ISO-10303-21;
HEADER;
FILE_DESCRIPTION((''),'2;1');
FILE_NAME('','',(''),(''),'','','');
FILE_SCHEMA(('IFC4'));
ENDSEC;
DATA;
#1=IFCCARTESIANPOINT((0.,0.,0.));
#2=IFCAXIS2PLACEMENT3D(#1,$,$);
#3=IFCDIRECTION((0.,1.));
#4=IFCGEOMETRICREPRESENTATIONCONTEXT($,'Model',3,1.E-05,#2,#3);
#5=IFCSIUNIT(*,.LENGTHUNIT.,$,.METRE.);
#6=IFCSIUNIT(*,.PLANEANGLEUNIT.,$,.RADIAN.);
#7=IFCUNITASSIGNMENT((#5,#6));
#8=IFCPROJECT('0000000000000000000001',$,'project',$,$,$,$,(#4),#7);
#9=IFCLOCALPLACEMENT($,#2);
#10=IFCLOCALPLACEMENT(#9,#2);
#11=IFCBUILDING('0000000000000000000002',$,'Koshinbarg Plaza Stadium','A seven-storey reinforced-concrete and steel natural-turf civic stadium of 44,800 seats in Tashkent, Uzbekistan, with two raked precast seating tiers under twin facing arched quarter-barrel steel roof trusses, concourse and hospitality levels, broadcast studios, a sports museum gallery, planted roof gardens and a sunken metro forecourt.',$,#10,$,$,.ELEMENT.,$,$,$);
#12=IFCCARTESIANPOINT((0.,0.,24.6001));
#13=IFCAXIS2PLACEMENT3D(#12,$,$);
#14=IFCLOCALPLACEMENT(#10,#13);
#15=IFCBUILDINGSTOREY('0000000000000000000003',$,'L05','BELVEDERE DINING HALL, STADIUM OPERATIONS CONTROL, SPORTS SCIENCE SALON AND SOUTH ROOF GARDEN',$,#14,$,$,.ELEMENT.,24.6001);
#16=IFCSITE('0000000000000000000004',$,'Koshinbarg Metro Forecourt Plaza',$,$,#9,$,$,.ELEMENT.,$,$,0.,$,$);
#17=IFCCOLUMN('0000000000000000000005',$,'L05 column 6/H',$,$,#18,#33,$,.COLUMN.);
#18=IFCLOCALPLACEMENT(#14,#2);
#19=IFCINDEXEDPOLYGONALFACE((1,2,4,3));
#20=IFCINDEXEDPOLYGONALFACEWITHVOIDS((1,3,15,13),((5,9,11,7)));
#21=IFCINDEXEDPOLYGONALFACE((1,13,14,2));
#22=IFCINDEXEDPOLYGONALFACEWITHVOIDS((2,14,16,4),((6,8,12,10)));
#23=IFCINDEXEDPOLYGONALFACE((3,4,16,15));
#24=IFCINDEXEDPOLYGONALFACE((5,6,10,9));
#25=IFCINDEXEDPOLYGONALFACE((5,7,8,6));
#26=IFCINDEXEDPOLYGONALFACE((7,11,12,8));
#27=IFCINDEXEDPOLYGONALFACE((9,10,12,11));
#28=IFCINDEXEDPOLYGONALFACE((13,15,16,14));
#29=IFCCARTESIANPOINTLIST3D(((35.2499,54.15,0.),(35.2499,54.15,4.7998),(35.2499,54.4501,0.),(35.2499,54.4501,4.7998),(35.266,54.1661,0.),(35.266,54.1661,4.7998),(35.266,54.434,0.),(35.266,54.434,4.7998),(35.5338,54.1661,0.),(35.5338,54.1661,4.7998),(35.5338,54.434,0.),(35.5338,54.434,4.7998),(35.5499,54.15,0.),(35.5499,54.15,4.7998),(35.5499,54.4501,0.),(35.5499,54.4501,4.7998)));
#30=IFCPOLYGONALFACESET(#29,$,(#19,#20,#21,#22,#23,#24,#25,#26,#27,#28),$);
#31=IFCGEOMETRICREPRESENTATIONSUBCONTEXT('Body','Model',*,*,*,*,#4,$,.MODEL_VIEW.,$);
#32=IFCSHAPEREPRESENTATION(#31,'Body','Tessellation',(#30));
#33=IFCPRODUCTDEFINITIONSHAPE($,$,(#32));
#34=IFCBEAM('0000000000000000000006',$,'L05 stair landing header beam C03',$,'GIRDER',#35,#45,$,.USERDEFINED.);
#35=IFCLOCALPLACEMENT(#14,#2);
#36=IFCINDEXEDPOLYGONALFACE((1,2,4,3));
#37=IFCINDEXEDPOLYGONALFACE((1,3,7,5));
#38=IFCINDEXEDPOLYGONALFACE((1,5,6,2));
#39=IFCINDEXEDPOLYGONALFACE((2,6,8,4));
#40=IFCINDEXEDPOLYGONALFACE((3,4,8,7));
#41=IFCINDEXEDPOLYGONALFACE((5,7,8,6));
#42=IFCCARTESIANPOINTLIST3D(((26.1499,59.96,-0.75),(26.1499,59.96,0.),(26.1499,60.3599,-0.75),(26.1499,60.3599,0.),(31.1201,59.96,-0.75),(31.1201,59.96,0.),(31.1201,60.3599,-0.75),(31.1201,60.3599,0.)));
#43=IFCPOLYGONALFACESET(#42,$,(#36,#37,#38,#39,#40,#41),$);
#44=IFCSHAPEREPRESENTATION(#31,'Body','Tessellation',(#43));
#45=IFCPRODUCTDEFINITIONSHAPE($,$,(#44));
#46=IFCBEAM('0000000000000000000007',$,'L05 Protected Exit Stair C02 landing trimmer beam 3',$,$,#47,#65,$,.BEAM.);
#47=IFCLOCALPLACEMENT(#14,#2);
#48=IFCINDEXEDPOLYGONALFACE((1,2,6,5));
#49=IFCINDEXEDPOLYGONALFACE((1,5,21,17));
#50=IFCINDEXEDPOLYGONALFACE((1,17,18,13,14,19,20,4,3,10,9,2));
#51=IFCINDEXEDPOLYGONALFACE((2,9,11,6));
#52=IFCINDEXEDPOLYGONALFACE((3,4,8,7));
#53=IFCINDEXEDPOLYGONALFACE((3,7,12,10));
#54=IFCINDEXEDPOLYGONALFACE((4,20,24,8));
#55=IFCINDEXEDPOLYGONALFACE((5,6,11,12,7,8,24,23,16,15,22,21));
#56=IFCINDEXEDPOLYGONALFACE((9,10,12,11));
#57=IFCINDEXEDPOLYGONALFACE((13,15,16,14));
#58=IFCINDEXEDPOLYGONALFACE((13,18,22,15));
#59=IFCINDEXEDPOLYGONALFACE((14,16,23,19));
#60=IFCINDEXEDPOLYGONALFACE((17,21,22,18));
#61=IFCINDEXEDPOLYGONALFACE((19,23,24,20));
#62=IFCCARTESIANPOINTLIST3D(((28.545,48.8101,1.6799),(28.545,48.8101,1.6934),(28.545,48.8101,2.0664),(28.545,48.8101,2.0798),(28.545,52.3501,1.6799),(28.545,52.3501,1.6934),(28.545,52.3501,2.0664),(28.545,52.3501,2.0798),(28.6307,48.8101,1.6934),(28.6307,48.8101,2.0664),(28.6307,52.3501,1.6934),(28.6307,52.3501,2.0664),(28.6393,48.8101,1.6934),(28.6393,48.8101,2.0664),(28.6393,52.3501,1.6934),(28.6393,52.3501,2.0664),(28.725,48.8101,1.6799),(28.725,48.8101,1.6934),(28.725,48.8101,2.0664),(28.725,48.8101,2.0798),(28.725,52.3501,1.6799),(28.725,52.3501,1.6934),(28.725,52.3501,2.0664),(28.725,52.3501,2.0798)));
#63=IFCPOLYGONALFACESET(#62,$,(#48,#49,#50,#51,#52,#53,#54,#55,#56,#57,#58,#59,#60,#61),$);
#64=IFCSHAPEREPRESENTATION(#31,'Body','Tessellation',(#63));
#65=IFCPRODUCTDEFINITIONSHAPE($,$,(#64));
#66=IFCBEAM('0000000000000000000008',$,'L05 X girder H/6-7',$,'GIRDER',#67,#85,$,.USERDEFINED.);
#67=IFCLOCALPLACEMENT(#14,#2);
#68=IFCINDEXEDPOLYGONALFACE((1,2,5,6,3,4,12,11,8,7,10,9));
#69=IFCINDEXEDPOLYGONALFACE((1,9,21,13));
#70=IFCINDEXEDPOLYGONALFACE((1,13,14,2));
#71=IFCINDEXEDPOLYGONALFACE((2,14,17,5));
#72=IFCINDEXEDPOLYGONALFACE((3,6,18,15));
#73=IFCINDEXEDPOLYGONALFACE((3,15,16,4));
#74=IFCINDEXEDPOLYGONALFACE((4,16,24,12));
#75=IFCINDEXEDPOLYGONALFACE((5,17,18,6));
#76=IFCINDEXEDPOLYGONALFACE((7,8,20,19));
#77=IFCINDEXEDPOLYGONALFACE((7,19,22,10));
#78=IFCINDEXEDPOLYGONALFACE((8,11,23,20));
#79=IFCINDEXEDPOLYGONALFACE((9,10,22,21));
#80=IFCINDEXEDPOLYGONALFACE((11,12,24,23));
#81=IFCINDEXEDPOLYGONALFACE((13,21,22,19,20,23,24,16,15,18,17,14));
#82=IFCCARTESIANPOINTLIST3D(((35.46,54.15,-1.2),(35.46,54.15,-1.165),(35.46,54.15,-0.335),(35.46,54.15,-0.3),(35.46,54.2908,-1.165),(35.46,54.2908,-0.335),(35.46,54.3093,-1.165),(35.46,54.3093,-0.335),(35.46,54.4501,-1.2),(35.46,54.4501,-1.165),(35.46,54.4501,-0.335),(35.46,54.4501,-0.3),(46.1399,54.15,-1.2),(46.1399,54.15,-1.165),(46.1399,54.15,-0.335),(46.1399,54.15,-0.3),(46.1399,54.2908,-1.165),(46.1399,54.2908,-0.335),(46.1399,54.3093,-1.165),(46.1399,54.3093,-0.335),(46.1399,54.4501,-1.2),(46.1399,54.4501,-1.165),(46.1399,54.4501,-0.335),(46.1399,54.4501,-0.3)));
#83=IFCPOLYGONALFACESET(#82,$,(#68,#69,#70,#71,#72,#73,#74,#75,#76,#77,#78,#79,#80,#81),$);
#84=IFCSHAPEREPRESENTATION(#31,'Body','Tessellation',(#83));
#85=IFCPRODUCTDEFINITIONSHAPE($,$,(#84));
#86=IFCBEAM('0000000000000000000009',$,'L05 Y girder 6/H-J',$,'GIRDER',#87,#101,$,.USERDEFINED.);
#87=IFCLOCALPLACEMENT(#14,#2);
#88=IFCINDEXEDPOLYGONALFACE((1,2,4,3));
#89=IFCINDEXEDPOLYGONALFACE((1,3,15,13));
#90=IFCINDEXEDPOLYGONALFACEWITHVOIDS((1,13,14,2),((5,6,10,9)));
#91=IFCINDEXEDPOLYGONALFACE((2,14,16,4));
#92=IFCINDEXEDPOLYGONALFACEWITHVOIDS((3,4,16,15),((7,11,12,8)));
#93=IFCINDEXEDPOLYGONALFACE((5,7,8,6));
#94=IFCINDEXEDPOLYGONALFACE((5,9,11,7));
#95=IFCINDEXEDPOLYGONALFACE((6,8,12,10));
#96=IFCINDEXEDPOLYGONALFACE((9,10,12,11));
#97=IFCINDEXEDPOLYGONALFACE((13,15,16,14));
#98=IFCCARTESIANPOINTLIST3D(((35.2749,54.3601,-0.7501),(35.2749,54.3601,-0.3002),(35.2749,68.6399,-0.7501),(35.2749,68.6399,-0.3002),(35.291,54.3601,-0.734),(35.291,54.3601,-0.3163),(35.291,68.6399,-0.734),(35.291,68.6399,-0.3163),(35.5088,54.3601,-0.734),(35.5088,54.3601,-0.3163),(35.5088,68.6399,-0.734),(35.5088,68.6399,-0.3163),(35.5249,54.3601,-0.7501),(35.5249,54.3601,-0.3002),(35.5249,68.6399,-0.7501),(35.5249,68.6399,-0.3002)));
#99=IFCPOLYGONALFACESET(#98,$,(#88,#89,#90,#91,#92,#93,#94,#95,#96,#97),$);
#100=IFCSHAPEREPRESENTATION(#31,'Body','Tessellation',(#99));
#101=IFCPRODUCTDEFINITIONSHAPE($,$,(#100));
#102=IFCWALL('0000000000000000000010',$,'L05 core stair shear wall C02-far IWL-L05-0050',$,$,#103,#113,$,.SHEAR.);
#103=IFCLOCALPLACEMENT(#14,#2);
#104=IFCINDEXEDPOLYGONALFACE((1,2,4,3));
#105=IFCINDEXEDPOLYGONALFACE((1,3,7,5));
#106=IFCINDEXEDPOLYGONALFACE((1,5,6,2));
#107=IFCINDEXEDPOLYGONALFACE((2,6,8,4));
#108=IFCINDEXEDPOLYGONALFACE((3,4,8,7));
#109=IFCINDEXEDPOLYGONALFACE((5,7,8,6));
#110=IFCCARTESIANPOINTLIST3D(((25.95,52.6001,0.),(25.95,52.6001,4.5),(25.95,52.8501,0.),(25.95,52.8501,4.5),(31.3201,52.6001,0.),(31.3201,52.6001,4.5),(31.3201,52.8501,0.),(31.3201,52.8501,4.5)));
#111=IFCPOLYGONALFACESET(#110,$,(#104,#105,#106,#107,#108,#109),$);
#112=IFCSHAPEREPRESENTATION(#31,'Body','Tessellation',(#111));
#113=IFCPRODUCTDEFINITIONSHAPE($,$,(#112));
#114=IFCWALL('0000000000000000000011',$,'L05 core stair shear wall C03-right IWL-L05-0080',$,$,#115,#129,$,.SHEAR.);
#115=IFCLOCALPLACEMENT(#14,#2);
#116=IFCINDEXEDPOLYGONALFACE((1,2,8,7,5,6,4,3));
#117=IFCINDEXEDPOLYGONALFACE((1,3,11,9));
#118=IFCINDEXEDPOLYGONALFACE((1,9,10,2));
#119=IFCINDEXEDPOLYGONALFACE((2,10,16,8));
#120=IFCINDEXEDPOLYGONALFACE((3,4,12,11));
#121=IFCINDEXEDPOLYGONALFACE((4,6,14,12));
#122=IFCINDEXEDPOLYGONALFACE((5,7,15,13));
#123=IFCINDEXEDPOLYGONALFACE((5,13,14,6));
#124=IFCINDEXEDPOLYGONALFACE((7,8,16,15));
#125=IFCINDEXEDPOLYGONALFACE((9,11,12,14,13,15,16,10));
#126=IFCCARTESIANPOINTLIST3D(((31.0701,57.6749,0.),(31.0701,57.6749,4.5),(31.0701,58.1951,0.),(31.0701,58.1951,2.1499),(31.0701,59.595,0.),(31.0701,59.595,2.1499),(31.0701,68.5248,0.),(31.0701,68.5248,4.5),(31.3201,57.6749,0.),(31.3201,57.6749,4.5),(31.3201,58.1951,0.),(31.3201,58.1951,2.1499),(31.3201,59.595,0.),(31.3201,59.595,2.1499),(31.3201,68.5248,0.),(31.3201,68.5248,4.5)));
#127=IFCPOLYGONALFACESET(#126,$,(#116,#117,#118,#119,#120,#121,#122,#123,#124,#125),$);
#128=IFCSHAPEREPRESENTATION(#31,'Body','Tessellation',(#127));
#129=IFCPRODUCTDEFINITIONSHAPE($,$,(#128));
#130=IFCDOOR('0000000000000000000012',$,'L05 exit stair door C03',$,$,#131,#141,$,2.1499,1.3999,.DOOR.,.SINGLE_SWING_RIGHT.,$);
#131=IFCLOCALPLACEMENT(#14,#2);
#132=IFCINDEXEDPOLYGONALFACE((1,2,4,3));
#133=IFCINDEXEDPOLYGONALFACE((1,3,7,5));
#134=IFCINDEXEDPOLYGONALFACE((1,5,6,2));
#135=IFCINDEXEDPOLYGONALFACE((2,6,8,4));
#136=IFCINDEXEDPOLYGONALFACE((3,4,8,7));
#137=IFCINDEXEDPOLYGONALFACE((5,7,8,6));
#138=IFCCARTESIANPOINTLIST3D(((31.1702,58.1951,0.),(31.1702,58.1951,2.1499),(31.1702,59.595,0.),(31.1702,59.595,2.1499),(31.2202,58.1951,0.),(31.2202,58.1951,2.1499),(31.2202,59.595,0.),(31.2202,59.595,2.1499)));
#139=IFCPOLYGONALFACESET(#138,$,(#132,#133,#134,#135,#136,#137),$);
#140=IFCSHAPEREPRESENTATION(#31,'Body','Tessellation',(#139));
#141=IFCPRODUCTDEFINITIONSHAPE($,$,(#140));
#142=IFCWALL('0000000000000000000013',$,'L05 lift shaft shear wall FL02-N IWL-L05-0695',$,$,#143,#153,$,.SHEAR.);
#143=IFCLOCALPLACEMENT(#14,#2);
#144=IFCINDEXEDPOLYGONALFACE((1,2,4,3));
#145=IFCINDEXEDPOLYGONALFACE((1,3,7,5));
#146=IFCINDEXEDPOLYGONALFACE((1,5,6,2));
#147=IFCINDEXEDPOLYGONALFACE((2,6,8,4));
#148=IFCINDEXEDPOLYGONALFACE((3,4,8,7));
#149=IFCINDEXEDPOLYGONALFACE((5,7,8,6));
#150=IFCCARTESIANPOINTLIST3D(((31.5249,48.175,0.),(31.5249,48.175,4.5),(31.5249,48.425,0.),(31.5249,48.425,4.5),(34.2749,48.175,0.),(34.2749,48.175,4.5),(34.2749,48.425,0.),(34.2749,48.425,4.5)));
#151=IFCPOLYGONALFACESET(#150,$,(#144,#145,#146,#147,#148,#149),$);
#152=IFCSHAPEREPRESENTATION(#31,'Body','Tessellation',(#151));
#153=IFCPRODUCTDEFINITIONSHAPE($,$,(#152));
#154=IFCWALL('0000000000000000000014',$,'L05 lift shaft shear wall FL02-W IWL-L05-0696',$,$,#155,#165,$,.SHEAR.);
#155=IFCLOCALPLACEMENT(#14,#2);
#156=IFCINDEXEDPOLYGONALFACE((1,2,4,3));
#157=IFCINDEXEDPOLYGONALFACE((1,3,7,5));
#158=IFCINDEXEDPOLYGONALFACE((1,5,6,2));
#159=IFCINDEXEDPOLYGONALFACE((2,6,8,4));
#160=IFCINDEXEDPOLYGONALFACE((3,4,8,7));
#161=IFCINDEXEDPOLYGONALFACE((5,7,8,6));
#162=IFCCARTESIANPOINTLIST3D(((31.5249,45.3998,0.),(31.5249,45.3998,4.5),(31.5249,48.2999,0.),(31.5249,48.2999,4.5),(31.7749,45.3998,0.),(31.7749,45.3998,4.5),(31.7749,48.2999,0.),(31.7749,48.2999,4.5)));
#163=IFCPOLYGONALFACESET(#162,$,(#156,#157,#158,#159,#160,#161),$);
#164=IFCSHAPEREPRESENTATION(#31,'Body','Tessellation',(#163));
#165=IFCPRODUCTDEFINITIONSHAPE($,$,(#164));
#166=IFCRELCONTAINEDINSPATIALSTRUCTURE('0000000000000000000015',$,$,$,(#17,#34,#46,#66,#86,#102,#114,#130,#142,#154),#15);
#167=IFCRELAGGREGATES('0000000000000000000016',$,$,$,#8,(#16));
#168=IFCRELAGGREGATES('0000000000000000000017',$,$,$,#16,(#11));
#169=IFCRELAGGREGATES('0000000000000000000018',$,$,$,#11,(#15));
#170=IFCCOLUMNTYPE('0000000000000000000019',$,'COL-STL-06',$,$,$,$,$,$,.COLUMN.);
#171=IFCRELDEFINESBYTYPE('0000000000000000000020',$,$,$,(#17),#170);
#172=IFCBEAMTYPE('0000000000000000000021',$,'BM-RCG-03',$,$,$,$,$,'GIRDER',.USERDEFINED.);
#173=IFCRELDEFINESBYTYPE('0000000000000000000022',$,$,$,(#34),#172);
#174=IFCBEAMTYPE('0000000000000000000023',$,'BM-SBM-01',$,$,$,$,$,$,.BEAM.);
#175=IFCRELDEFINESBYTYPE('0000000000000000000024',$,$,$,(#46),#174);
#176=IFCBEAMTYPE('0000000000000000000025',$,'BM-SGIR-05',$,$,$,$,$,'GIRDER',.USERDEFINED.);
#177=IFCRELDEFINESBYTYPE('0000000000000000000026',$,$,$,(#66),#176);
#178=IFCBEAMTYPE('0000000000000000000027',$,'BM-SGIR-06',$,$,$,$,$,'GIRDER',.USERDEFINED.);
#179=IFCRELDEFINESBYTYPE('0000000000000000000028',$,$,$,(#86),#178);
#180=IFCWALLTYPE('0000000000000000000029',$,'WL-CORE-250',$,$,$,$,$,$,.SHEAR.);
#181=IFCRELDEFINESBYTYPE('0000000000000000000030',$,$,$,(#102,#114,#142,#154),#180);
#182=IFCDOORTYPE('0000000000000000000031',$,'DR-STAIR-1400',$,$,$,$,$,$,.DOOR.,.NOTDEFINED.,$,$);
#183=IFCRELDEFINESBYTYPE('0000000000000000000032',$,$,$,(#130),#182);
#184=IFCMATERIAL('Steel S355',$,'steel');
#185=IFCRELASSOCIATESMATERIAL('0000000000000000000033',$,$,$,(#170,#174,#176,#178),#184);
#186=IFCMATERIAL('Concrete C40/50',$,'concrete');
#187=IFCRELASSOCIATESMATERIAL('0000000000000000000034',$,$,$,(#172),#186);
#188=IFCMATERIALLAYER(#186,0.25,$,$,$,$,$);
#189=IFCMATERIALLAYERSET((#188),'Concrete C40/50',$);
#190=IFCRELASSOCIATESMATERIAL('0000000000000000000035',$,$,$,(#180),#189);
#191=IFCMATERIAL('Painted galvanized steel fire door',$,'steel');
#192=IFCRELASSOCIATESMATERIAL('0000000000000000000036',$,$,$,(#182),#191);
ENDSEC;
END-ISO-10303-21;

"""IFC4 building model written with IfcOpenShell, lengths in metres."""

from ifc_helpers import new_model, si_unit, direction, frame, frame_2d, origin, origin_2d, place, context, subcontext, project, spatial, rectangle, hollow_rectangle, i_section, extrude, material, layer, layer_set, material_profile, profile_set, type_object, element, fill, save


model = new_model("IFC4")

# Units and contexts
model_context = context("Model", 3, precision=1e-05, world=origin(), true_north=direction((0.0, 1.0)))
body_context = subcontext(model_context, "Body", "Model", "MODEL_VIEW")
ifc_project = project(units=[si_unit("LENGTHUNIT", "METRE"), si_unit("PLANEANGLEUNIT", "RADIAN")], contexts=[model_context])

# Site, building, storey
site_placement = place(None, origin())
site = spatial("IfcSite", under=ifc_project, at=site_placement, Name="Koshinbarg Metro Forecourt Plaza", CompositionType="ELEMENT", RefElevation=0.0)
building_placement = place(site_placement, origin())
building = spatial("IfcBuilding", under=site, at=building_placement, Name="Koshinbarg Plaza Stadium", Description="A seven-storey reinforced-concrete and steel natural-turf civic stadium of 44,800 seats in Tashkent, Uzbekistan, with two raked precast seating tiers under twin facing arched quarter-barrel steel roof trusses, concourse and hospitality levels, broadcast studios, a sports museum gallery, planted roof gardens and a sunken metro forecourt.", CompositionType="ELEMENT")
storey_placement = place(building_placement, frame((0.0, 0.0, 24.6001)))
storey = spatial("IfcBuildingStorey", under=building, at=storey_placement, Name="L05", Description="BELVEDERE DINING HALL, STADIUM OPERATIONS CONTROL, SPORTS SCIENCE SALON AND SOUTH ROOF GARDEN", CompositionType="ELEMENT", Elevation=24.6001)

# Column
ifc_material_1 = material(Name="Steel S355", Category="steel")
ifc_material_profile_1 = material_profile(ifc_material_1, hollow_rectangle(XDim=0.3, YDim=0.3, WallThickness=0.0161, at=origin_2d()), Name="SHS 300x300x16")
ifc_profile_set_1 = profile_set([ifc_material_profile_1], Name="Steel S355")
column_type = type_object("IfcColumnType", Name="COL-STL-06", PredefinedType="COLUMN", material=ifc_profile_set_1)
column_placement = place(storey_placement, frame((35.3999, 54.3, 0.0), z_axis=(0.0, 0.0, 1.0), x_axis=(1.0, 0.0, 0.0)))
element("IfcColumn", 1, at=column_placement, inside=storey, type_object=column_type, Name="L05 column 6/H", PredefinedType="COLUMN", context=body_context, shape_type="SweptSolid", body=[
    extrude(hollow_rectangle(XDim=0.3, YDim=0.3, WallThickness=0.0161, at=origin_2d()), origin(), (0.0, 0.0, 1.0), 4.7998),
])

# Beams
ifc_material_2 = material(Name="Concrete C40/50", Category="concrete")
ifc_material_profile_2 = material_profile(ifc_material_2, rectangle(XDim=0.3999, YDim=0.75, at=origin_2d()), Name="RC 400x750")
ifc_profile_set_2 = profile_set([ifc_material_profile_2], Name="Concrete C40/50")
beam_type_1 = type_object("IfcBeamType", Name="BM-RCG-03", ElementType="GIRDER", PredefinedType="USERDEFINED", material=ifc_profile_set_2)
beam_1_placement = place(storey_placement, frame((26.1499, 60.1599, -0.375), z_axis=(1.0, 0.0, 0.0), x_axis=(0.0, 1.0, 0.0)))
element("IfcBeam", 2, at=beam_1_placement, inside=storey, type_object=beam_type_1, Name="L05 stair landing header beam C03", ObjectType="GIRDER", PredefinedType="USERDEFINED", context=body_context, shape_type="SweptSolid", body=[
    extrude(rectangle(XDim=0.3999, YDim=0.75, at=origin_2d()), origin(), (0.0, 0.0, 1.0), 4.9702),
])
ifc_material_profile_3 = material_profile(ifc_material_1, i_section(OverallWidth=0.1799, OverallDepth=0.3999, WebThickness=0.0085, FlangeThickness=0.0134, at=origin_2d()), Name="IPE 400")
ifc_profile_set_3 = profile_set([ifc_material_profile_3], Name="Steel S355")
beam_type_2 = type_object("IfcBeamType", Name="BM-SBM-01", PredefinedType="BEAM", material=ifc_profile_set_3)
beam_2_placement = place(storey_placement, frame((28.635, 48.8101, 1.8799), z_axis=(0.0, 1.0, 0.0), x_axis=(-1.0, 0.0, 0.0)))
element("IfcBeam", 3, at=beam_2_placement, inside=storey, type_object=beam_type_2, Name="L05 Protected Exit Stair C02 landing trimmer beam 3", PredefinedType="BEAM", context=body_context, shape_type="SweptSolid", body=[
    extrude(i_section(OverallWidth=0.1799, OverallDepth=0.3999, WebThickness=0.0085, FlangeThickness=0.0134, at=origin_2d()), origin(), (0.0, 0.0, 1.0), 3.54),
])
ifc_material_profile_4 = material_profile(ifc_material_1, i_section(OverallWidth=0.3, OverallDepth=0.8999, WebThickness=0.0186, FlangeThickness=0.0349, at=origin_2d()), Name="HEB 900")
ifc_profile_set_4 = profile_set([ifc_material_profile_4], Name="Steel S355")
beam_type_3 = type_object("IfcBeamType", Name="BM-SGIR-05", ElementType="GIRDER", PredefinedType="USERDEFINED", material=ifc_profile_set_4)
beam_3_placement = place(storey_placement, frame((35.46, 54.3, -0.75), z_axis=(1.0, 0.0, 0.0), x_axis=(0.0, 1.0, 0.0)))
element("IfcBeam", 4, at=beam_3_placement, inside=storey, type_object=beam_type_3, Name="L05 X girder H/6-7", ObjectType="GIRDER", PredefinedType="USERDEFINED", context=body_context, shape_type="SweptSolid", body=[
    extrude(i_section(OverallWidth=0.3, OverallDepth=0.8999, WebThickness=0.0186, FlangeThickness=0.0349, at=origin_2d()), origin(), (0.0, 0.0, 1.0), 10.6799),
])
ifc_material_profile_5 = material_profile(ifc_material_1, hollow_rectangle(XDim=0.25, YDim=0.45, WallThickness=0.0161, at=origin_2d()), Name="RHS 450x250x16")
ifc_profile_set_5 = profile_set([ifc_material_profile_5], Name="Steel S355")
beam_type_4 = type_object("IfcBeamType", Name="BM-SGIR-06", ElementType="GIRDER", PredefinedType="USERDEFINED", material=ifc_profile_set_5)
beam_4_placement = place(storey_placement, frame((35.3999, 54.3601, -0.5251), z_axis=(0.0, 1.0, 0.0), x_axis=(-1.0, 0.0, 0.0)))
element("IfcBeam", 5, at=beam_4_placement, inside=storey, type_object=beam_type_4, Name="L05 Y girder 6/H-J", ObjectType="GIRDER", PredefinedType="USERDEFINED", context=body_context, shape_type="SweptSolid", body=[
    extrude(hollow_rectangle(XDim=0.25, YDim=0.45, WallThickness=0.0161, at=origin_2d()), origin(), (0.0, 0.0, 1.0), 14.2798),
])

# Wall
ifc_layer_1 = layer(ifc_material_2, 0.25)
ifc_layer_set_1 = layer_set([ifc_layer_1], Name="Concrete C40/50")
wall_type_1 = type_object("IfcWallType", Name="WL-CORE-250", PredefinedType="SHEAR", material=ifc_layer_set_1)
wall_1_placement = place(storey_placement, frame((31.3201, 52.7251, 0.0), z_axis=(0.0, 0.0, 1.0), x_axis=(-1.0, 0.0, 0.0)))
element("IfcWall", 6, at=wall_1_placement, inside=storey, type_object=wall_type_1, Name="L05 core stair shear wall C02-far IWL-L05-0050", PredefinedType="SHEAR", context=body_context, shape_type="SweptSolid", body=[
    extrude(rectangle(XDim=5.3701, YDim=0.25, at=frame_2d((2.6851, 0.0))), origin(), (0.0, 0.0, 1.0), 4.5),
])

# Wall, opening, door
wall_2_placement = place(storey_placement, frame((31.1951, 57.675, 0.0), z_axis=(0.0, 0.0, 1.0), x_axis=(0.0, 1.0, 0.0)))
wall_2 = element("IfcWall", 7, at=wall_2_placement, inside=storey, type_object=wall_type_1, Name="L05 core stair shear wall C03-right IWL-L05-0080", PredefinedType="SHEAR", context=body_context, shape_type="SweptSolid", body=[
    extrude(rectangle(XDim=10.8499, YDim=0.25, at=frame_2d((5.4248, 0.0))), origin(), (0.0, 0.0, 1.0), 4.5),
])
opening_1_placement = place(wall_2_placement, frame((0.52, 0.0, 0.0)))
opening_1 = element("IfcOpeningElement", 8, at=opening_1_placement, cuts=wall_2, PredefinedType="OPENING", context=body_context, shape_type="SweptSolid", body=[
    extrude(rectangle(XDim=1.3999, YDim=2.1499, at=frame_2d((0.7, 1.075))), frame((0.0, 0.135, 0.0), z_axis=(0.0, -1.0, 0.0), x_axis=(1.0, 0.0, 0.0)), (0.0, 0.0, 1.0), 0.27),
])
ifc_material_3 = material(Name="Painted galvanized steel fire door", Category="steel")
door_type_1 = type_object("IfcDoorType", Name="DR-STAIR-1400", OperationType="NOTDEFINED", PredefinedType="DOOR", material=ifc_material_3)
door_1_placement = place(opening_1_placement, origin())
door_1 = element("IfcDoor", 9, at=door_1_placement, inside=storey, type_object=door_type_1, Name="L05 exit stair door C03", OperationType="SINGLE_SWING_RIGHT", OverallHeight=2.1499, OverallWidth=1.3999, PredefinedType="DOOR", context=body_context, shape_type="SweptSolid", body=[
    extrude(rectangle(XDim=1.3999, YDim=2.1499, at=frame_2d((0.7, 1.075))), frame((0.0, 0.0249, 0.0), z_axis=(0.0, -1.0, 0.0), x_axis=(1.0, 0.0, 0.0)), (0.0, 0.0, 1.0), 0.05),
])
fill(opening_1, door_1)

# Walls
wall_3_placement = place(storey_placement, frame((34.2749, 48.3, 0.0), z_axis=(0.0, 0.0, 1.0), x_axis=(-1.0, 0.0, 0.0)))
element("IfcWall", 10, at=wall_3_placement, inside=storey, type_object=wall_type_1, Name="L05 lift shaft shear wall FL02-N IWL-L05-0695", PredefinedType="SHEAR", context=body_context, shape_type="SweptSolid", body=[
    extrude(rectangle(XDim=2.75, YDim=0.25, at=frame_2d((1.375, 0.0))), origin(), (0.0, 0.0, 1.0), 4.5),
])
wall_4_placement = place(storey_placement, frame((31.6499, 48.3, 0.0), z_axis=(0.0, 0.0, 1.0), x_axis=(0.0, -1.0, 0.0)))
element("IfcWall", 11, at=wall_4_placement, inside=storey, type_object=wall_type_1, Name="L05 lift shaft shear wall FL02-W IWL-L05-0696", PredefinedType="SHEAR", context=body_context, shape_type="SweptSolid", body=[
    extrude(rectangle(XDim=2.9001, YDim=0.25, at=frame_2d((1.4502, 0.0))), origin(), (0.0, 0.0, 1.0), 4.5),
])

save(model, "model.ifc")
